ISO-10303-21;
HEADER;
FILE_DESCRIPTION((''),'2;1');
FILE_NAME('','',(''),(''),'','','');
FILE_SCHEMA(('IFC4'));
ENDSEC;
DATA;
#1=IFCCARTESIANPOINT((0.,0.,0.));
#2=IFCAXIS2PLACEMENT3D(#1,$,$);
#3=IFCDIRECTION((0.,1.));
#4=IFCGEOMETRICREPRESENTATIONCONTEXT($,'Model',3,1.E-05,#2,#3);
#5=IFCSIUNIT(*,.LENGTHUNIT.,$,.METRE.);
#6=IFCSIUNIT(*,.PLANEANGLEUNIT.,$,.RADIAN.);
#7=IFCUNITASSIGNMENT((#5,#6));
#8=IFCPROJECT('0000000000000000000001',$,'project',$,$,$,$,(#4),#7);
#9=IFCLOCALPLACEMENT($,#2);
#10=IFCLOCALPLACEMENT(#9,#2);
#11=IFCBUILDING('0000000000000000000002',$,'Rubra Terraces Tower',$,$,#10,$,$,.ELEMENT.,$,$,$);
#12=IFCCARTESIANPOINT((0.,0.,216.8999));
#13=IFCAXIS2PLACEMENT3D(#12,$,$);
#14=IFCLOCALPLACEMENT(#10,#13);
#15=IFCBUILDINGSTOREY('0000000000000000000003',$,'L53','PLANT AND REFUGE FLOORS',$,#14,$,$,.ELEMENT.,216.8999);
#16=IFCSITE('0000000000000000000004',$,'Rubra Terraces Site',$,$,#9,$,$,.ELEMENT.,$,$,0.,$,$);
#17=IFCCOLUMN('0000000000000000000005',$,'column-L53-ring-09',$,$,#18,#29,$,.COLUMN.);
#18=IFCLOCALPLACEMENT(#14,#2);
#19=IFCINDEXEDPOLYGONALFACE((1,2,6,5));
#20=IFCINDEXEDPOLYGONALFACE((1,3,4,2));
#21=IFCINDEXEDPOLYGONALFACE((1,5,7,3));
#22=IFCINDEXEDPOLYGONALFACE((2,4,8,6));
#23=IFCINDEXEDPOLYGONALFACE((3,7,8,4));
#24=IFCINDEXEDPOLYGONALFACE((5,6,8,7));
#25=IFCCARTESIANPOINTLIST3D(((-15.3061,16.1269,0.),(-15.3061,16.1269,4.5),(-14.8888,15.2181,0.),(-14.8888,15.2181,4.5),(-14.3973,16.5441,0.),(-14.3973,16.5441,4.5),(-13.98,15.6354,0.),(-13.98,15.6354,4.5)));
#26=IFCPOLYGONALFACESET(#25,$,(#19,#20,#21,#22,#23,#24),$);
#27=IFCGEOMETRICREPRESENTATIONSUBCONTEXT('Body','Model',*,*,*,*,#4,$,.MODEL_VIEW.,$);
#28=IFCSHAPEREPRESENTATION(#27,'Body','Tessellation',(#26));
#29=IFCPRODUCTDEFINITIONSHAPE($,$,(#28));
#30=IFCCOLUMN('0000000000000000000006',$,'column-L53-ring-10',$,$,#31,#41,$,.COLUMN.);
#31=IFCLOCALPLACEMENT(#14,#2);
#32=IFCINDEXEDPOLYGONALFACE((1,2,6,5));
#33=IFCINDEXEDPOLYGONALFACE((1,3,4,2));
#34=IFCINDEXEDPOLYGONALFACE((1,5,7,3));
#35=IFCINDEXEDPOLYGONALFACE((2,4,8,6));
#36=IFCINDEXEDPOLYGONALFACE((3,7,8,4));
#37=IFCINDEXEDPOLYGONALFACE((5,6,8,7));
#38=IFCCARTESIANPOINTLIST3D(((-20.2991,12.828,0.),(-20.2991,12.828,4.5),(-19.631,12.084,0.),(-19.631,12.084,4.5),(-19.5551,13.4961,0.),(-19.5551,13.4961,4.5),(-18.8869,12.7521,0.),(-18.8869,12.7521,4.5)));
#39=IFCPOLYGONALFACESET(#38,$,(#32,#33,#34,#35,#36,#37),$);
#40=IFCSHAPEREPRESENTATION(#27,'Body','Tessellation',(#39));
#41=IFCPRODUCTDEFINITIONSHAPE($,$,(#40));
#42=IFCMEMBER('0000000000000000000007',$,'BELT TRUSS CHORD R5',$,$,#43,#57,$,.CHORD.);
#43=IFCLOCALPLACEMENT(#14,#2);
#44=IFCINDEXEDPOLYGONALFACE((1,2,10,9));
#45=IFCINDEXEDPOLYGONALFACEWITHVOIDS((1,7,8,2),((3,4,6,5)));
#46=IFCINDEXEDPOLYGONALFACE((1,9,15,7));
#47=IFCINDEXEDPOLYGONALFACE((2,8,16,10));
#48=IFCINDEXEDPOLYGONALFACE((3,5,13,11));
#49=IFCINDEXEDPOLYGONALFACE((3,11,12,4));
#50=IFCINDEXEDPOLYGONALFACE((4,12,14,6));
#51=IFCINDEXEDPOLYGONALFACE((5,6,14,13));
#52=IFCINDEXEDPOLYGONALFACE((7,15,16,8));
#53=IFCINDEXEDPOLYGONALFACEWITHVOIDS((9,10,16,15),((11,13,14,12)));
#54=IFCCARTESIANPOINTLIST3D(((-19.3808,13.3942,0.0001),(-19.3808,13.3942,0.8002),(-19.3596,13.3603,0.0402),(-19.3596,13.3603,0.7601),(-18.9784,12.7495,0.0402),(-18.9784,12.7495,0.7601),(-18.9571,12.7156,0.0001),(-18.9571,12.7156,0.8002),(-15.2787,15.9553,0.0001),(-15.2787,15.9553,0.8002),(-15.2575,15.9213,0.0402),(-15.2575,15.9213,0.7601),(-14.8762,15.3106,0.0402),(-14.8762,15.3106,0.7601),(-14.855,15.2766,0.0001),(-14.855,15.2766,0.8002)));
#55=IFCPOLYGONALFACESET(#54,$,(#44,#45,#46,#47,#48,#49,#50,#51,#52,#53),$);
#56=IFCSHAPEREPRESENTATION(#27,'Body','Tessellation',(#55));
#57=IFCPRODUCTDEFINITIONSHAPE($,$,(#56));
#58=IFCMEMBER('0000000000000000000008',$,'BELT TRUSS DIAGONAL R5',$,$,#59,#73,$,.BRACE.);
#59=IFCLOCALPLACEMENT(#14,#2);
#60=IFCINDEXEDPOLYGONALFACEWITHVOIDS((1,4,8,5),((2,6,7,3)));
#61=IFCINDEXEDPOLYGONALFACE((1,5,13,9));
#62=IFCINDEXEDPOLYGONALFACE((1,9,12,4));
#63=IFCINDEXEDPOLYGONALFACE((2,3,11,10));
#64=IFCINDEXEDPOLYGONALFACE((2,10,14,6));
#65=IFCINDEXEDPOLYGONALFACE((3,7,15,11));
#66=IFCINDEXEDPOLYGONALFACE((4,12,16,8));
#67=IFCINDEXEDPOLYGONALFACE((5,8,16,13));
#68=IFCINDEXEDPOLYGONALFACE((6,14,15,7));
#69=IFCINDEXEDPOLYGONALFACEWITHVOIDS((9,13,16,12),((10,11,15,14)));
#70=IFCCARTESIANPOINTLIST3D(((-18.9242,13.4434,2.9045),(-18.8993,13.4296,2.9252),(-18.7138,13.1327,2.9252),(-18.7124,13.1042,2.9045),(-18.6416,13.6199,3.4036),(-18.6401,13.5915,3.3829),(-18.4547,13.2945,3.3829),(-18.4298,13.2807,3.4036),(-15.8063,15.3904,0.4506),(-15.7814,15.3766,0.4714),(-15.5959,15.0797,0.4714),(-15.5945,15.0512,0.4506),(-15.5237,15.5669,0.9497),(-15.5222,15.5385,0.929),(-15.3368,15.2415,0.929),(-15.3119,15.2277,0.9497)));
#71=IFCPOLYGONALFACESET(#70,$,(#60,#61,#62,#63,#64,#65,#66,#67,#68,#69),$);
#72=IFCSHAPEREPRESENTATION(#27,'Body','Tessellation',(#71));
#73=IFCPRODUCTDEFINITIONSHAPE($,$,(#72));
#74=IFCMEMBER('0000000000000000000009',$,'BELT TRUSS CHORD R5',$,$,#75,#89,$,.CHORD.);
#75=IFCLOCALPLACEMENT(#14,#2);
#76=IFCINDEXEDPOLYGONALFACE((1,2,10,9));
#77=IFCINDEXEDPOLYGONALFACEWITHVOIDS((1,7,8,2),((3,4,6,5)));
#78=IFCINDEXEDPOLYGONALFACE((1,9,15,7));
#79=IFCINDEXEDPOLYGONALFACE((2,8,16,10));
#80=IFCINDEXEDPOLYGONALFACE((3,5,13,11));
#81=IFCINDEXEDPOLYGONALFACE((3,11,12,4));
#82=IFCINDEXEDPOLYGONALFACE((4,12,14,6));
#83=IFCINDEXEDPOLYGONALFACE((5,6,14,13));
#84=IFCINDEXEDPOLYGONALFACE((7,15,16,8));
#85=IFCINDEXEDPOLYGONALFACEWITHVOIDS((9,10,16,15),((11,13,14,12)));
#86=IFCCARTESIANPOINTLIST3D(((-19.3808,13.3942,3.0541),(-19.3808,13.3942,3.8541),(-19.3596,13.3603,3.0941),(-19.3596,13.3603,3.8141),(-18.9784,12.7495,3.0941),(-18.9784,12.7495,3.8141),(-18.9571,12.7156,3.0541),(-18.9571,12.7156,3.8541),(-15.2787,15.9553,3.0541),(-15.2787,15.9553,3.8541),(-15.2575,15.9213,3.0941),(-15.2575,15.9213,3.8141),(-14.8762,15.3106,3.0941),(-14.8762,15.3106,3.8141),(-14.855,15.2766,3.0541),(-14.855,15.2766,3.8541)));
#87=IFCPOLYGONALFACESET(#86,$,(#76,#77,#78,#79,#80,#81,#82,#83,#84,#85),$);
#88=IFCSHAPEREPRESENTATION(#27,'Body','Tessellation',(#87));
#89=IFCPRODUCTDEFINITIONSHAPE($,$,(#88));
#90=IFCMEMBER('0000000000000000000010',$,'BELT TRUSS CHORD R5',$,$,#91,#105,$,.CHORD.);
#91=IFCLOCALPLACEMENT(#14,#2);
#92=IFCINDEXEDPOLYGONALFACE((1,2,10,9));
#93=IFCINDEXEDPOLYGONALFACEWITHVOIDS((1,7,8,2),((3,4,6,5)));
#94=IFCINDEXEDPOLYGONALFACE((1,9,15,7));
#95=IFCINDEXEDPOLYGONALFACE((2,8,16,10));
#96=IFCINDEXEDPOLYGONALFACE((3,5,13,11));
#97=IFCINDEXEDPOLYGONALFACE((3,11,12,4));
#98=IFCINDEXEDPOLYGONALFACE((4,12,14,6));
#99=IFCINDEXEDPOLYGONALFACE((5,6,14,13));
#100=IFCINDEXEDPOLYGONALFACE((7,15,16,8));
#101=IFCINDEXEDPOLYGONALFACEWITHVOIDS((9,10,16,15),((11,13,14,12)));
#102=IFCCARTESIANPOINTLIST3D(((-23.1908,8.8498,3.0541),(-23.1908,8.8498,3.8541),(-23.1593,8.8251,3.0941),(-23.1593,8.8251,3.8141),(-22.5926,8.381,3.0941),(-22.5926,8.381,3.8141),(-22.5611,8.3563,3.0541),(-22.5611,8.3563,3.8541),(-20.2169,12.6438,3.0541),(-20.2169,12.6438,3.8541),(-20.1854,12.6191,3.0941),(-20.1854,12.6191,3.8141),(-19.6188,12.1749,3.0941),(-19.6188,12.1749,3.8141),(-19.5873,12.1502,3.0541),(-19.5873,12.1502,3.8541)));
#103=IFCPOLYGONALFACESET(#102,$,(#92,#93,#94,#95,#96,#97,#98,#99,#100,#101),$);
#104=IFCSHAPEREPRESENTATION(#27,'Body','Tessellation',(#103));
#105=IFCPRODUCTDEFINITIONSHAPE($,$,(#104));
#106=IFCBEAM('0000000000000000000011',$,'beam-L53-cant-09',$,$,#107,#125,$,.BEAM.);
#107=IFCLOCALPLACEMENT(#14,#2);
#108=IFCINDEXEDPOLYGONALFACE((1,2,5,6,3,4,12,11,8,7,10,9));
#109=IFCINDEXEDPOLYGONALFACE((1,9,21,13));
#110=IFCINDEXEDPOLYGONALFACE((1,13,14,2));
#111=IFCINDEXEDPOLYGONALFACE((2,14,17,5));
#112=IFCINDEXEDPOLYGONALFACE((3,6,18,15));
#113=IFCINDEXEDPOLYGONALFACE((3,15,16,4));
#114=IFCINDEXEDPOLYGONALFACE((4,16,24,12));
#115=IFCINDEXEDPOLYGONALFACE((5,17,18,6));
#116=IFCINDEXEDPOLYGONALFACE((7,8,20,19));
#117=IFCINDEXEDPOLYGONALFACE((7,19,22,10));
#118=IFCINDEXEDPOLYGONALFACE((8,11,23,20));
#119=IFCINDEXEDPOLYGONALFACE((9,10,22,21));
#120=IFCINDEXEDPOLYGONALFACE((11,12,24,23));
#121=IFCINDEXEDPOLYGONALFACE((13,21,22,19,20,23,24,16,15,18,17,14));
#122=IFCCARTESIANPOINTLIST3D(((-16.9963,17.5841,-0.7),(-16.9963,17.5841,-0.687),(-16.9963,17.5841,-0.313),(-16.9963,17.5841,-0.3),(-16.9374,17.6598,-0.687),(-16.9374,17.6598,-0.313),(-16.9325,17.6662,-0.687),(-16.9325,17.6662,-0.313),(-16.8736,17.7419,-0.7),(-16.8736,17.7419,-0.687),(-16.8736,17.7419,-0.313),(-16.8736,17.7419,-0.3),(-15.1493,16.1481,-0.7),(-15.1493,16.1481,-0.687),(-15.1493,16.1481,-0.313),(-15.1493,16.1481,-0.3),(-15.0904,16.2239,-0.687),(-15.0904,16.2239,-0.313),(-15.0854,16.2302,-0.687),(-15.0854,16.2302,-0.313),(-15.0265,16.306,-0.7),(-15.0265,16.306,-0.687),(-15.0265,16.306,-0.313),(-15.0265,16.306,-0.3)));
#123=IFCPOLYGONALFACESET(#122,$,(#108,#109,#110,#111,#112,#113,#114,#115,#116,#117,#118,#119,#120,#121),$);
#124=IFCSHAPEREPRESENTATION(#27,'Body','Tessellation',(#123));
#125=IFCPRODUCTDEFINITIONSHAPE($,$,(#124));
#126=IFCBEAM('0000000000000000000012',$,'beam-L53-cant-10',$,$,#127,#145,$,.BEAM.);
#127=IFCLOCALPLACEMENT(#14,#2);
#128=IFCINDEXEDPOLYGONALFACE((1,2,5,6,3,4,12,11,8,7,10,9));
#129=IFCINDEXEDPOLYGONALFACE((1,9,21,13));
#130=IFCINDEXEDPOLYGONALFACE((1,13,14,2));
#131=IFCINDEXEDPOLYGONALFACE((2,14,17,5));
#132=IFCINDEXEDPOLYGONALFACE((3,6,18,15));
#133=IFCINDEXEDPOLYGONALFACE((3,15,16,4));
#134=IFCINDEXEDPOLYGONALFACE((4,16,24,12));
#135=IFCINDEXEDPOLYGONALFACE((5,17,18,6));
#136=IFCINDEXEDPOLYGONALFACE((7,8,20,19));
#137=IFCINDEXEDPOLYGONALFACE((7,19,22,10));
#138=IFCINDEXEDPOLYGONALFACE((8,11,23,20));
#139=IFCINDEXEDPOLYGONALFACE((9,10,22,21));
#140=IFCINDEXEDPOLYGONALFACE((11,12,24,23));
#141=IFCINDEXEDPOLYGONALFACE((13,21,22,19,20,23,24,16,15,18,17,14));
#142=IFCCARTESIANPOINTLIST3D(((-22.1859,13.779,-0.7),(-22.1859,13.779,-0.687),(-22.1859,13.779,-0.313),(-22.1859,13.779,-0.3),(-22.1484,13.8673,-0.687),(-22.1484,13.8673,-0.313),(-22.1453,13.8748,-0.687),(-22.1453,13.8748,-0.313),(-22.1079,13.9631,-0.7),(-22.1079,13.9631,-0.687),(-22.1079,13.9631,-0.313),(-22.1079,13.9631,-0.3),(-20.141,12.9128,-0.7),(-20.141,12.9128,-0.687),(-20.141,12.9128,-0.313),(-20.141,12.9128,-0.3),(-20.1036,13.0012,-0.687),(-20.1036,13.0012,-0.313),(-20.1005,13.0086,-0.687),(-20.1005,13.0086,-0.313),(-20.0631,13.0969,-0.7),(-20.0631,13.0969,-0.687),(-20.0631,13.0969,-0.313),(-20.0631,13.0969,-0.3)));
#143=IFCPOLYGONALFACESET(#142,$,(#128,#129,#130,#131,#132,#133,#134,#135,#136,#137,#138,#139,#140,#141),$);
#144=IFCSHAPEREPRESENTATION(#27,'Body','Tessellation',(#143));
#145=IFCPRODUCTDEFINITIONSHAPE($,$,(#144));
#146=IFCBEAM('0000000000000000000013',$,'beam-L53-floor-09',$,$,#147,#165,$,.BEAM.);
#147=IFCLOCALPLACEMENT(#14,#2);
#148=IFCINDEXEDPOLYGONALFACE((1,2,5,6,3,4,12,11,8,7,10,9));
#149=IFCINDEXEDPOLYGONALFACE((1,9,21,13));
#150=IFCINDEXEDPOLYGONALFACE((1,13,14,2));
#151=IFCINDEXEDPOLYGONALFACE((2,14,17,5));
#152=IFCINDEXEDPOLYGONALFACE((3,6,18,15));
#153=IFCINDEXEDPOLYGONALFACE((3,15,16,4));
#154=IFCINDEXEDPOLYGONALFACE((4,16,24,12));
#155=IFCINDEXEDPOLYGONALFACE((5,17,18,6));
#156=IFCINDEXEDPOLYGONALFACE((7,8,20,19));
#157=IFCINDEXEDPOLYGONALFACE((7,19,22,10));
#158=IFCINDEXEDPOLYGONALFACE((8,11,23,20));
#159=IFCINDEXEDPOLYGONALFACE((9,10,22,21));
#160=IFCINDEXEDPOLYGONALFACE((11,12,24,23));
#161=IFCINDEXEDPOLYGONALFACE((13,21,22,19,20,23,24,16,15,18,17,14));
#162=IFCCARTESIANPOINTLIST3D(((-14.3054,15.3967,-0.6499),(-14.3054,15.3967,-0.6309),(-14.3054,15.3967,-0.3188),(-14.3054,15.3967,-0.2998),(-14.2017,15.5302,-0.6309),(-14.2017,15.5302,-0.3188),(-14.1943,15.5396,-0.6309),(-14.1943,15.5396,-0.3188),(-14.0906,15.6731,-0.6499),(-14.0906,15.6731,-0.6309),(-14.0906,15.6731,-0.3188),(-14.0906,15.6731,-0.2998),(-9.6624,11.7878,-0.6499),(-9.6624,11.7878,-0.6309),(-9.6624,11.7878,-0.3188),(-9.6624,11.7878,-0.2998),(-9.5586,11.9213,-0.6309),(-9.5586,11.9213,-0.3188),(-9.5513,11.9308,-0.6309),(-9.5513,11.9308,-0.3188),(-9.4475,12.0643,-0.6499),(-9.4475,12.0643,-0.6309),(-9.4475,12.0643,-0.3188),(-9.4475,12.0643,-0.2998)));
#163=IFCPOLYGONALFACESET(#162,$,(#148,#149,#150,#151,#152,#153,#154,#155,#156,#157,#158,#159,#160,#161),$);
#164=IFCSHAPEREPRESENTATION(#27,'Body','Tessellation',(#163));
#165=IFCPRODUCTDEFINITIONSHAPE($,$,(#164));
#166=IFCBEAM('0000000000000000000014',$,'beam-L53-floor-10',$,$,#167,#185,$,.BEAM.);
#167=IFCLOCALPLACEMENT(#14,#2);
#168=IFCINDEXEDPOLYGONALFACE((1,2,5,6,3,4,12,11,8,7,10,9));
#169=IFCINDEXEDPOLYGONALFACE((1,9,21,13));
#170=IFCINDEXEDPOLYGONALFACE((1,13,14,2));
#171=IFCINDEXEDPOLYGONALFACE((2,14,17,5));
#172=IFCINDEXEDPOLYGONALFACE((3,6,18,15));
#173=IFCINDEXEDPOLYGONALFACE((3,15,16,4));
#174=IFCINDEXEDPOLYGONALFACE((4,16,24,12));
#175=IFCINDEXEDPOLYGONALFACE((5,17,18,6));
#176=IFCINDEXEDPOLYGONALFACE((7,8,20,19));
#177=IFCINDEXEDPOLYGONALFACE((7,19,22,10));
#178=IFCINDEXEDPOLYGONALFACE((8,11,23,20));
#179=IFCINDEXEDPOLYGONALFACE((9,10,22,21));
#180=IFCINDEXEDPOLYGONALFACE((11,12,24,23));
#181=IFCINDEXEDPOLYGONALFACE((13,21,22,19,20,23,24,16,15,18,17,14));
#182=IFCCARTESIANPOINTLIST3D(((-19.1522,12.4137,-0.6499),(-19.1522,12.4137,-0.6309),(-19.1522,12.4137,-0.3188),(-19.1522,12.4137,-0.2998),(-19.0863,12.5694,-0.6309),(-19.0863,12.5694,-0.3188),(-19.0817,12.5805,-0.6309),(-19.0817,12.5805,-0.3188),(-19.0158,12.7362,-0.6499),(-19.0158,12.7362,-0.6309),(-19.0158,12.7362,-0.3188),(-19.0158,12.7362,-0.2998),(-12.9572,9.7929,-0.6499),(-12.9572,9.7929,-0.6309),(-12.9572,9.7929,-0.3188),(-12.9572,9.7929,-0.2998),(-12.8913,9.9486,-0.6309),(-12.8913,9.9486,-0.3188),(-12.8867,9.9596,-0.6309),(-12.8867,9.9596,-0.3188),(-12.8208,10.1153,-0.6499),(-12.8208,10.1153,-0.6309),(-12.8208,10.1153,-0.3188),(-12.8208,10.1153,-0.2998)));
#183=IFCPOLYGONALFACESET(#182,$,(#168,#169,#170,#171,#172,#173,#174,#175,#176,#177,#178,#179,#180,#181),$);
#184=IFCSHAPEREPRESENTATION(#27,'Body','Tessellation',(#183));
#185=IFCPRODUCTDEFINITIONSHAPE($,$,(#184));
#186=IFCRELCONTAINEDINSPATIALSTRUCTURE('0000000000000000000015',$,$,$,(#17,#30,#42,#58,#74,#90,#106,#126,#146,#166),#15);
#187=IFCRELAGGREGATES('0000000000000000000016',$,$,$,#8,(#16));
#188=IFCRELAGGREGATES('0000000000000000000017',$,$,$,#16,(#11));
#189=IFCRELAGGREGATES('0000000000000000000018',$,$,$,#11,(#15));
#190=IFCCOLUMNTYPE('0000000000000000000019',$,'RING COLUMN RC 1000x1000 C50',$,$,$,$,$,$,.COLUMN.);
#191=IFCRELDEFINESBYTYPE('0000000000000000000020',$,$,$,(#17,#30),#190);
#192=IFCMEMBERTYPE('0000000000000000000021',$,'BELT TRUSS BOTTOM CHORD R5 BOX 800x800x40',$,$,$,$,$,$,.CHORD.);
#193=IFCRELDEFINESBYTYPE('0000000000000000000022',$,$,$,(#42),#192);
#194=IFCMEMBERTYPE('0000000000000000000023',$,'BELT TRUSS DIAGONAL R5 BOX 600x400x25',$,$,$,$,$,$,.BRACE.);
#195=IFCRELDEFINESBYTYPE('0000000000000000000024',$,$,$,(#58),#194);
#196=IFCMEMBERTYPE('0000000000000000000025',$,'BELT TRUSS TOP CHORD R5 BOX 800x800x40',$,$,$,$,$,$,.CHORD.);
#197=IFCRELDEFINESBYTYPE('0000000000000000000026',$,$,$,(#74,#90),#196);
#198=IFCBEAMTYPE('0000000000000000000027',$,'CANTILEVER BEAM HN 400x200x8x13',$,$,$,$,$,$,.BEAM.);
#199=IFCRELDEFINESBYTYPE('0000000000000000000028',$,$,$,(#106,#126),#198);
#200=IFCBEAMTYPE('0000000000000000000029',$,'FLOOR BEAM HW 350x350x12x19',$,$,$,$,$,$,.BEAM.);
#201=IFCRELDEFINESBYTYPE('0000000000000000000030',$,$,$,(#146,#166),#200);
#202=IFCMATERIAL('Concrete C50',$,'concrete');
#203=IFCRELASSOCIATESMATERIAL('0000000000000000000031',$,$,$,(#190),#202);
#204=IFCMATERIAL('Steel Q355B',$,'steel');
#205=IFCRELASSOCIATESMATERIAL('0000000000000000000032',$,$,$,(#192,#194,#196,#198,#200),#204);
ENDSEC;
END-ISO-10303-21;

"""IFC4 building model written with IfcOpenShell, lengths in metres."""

from ifc_helpers import new_model, si_unit, direction, frame, origin, origin_2d, place, context, subcontext, project, spatial, rectangle, hollow_rectangle, i_section, extrude, material, material_profile, profile_set, type_object, element, save


model = new_model("IFC4")

# Units and contexts
model_context = context("Model", 3, precision=1e-05, world=origin(), true_north=direction((0.0, 1.0)))
body_context = subcontext(model_context, "Body", "Model", "MODEL_VIEW")
ifc_project = project(units=[si_unit("LENGTHUNIT", "METRE"), si_unit("PLANEANGLEUNIT", "RADIAN")], contexts=[model_context])

# Site, building, storey
site_placement = place(None, origin())
site = spatial("IfcSite", under=ifc_project, at=site_placement, Name="Rubra Terraces Site", CompositionType="ELEMENT", RefElevation=0.0)
building_placement = place(site_placement, origin())
building = spatial("IfcBuilding", under=site, at=building_placement, Name="Rubra Terraces Tower", CompositionType="ELEMENT")
storey_placement = place(building_placement, frame((0.0, 0.0, 216.8999)))
storey = spatial("IfcBuildingStorey", under=building, at=storey_placement, Name="L53", Description="PLANT AND REFUGE FLOORS", CompositionType="ELEMENT", Elevation=216.8999)

# Columns
ifc_material_1 = material(Name="Concrete C50", Category="concrete")
ifc_material_profile_1 = material_profile(ifc_material_1, rectangle(XDim=1.0, YDim=1.0, at=origin_2d()), Name="RC 1000x1000")
ifc_profile_set_1 = profile_set([ifc_material_profile_1], Name="Concrete C50")
column_type = type_object("IfcColumnType", Name="RING COLUMN RC 1000x1000 C50", PredefinedType="COLUMN", material=ifc_profile_set_1)
for number, where, z_axis, x_axis, name in (
    (1, (-14.6431, 15.8811, 0.0), (0.0, 0.0, 1.0), (-0.908779, -0.417279, 0.0), "column-L53-ring-09"),
    (2, (-19.593, 12.79, 0.0), (0.0, 0.0, 1.0), (-0.744021, -0.668156, 0.0), "column-L53-ring-10"),
):
    element("IfcColumn", number, at=place(storey_placement, frame(where, z_axis=z_axis, x_axis=x_axis)), inside=storey, type_object=column_type, Name=name, PredefinedType="COLUMN", context=body_context, shape_type="SweptSolid", body=[
        extrude(rectangle(XDim=1.0, YDim=1.0, at=origin_2d()), origin(), (0.0, 0.0, 1.0), 4.5),
    ])

# Members
ifc_material_2 = material(Name="Steel Q355B", Category="steel")
ifc_material_profile_2 = material_profile(ifc_material_2, hollow_rectangle(XDim=0.8, YDim=0.8, WallThickness=0.04, at=origin_2d()), Name="BOX 800x800x40")
ifc_profile_set_2 = profile_set([ifc_material_profile_2], Name="Steel Q355B")
member_type_1 = type_object("IfcMemberType", Name="BELT TRUSS BOTTOM CHORD R5 BOX 800x800x40", PredefinedType="CHORD", material=ifc_profile_set_2)
member_1_placement = place(storey_placement, frame((-15.0669, 15.616, 0.4001), z_axis=(-0.848253, -0.52959, 0.0), x_axis=(0.52959, -0.848253, 0.0)))
element("IfcMember", 3, at=member_1_placement, inside=storey, type_object=member_type_1, Name="BELT TRUSS CHORD R5", PredefinedType="CHORD", context=body_context, shape_type="SweptSolid", body=[
    extrude(hollow_rectangle(XDim=0.8, YDim=0.8, WallThickness=0.04, at=origin_2d()), origin(), (0.0, 0.0, 1.0), 4.8359),
])
ifc_material_profile_3 = material_profile(ifc_material_2, hollow_rectangle(XDim=0.3999, YDim=0.6001, WallThickness=0.0249, at=origin_2d()), Name="BOX 600x400x25")
ifc_profile_set_3 = profile_set([ifc_material_profile_3], Name="Steel Q355B")
member_type_2 = type_object("IfcMemberType", Name="BELT TRUSS DIAGONAL R5 BOX 600x400x25", PredefinedType="BRACE", material=ifc_profile_set_3)
member_2_placement = place(storey_placement, frame((-15.5591, 15.3091, 0.7002), z_axis=(-0.70546, -0.440533, 0.555209), x_axis=(0.529671, -0.848203, 0.0)))
element("IfcMember", 4, at=member_2_placement, inside=storey, type_object=member_type_2, Name="BELT TRUSS DIAGONAL R5", PredefinedType="BRACE", context=body_context, shape_type="SweptSolid", body=[
    extrude(hollow_rectangle(XDim=0.3999, YDim=0.6001, WallThickness=0.0249, at=origin_2d()), origin(), (0.0, 0.0, 1.0), 4.4197),
])
ifc_material_profile_4 = material_profile(ifc_material_2, hollow_rectangle(XDim=0.8, YDim=0.8, WallThickness=0.04, at=origin_2d()), Name="BOX 800x800x40")
ifc_profile_set_4 = profile_set([ifc_material_profile_4], Name="Steel Q355B")
member_type_3 = type_object("IfcMemberType", Name="BELT TRUSS TOP CHORD R5 BOX 800x800x40", PredefinedType="CHORD", material=ifc_profile_set_4)
member_3_placement = place(storey_placement, frame((-15.0669, 15.616, 3.4541), z_axis=(-0.848253, -0.52959, 0.0), x_axis=(0.52959, -0.848253, 0.0)))
element("IfcMember", 5, at=member_3_placement, inside=storey, type_object=member_type_3, Name="BELT TRUSS CHORD R5", PredefinedType="CHORD", context=body_context, shape_type="SweptSolid", body=[
    extrude(hollow_rectangle(XDim=0.8, YDim=0.8, WallThickness=0.04, at=origin_2d()), origin(), (0.0, 0.0, 1.0), 4.8359),
])
member_4_placement = place(storey_placement, frame((-19.9021, 12.397, 3.4541), z_axis=(-0.616913, -0.787031, 0.0), x_axis=(0.787031, -0.616913, 0.0)))
element("IfcMember", 6, at=member_4_placement, inside=storey, type_object=member_type_3, Name="BELT TRUSS CHORD R5", PredefinedType="CHORD", context=body_context, shape_type="SweptSolid", body=[
    extrude(hollow_rectangle(XDim=0.8, YDim=0.8, WallThickness=0.04, at=origin_2d()), origin(), (0.0, 0.0, 1.0), 4.8206),
])

# Beams
ifc_material_profile_5 = material_profile(ifc_material_2, i_section(OverallWidth=0.2, OverallDepth=0.3999, WebThickness=0.0081, FlangeThickness=0.0129, at=origin_2d()), Name="HN 400x200x8x13")
ifc_profile_set_5 = profile_set([ifc_material_profile_5], Name="Steel Q355B")
beam_type_1 = type_object("IfcBeamType", Name="CANTILEVER BEAM HN 400x200x8x13", PredefinedType="BEAM", material=ifc_profile_set_5)
beam_1_placement = place(storey_placement, frame((-15.0879, 16.2271, -0.5), z_axis=(-0.789487, 0.613767, 0.0), x_axis=(-0.613767, -0.789487, 0.0)))
element("IfcBeam", 7, at=beam_1_placement, inside=storey, type_object=beam_type_1, Name="beam-L53-cant-09", PredefinedType="BEAM", context=body_context, shape_type="SweptSolid", body=[
    extrude(i_section(OverallWidth=0.2, OverallDepth=0.3999, WebThickness=0.0081, FlangeThickness=0.0129, at=origin_2d()), origin(), (0.0, 0.0, 1.0), 2.3396),
])
beam_2_placement = place(storey_placement, frame((-20.1021, 13.0049, -0.5), z_axis=(-0.920797, 0.390042, 0.0), x_axis=(-0.390042, -0.920797, 0.0)))
element("IfcBeam", 8, at=beam_2_placement, inside=storey, type_object=beam_type_1, Name="beam-L53-cant-10", PredefinedType="BEAM", context=body_context, shape_type="SweptSolid", body=[
    extrude(i_section(OverallWidth=0.2, OverallDepth=0.3999, WebThickness=0.0081, FlangeThickness=0.0129, at=origin_2d()), origin(), (0.0, 0.0, 1.0), 2.2207),
])
ifc_material_profile_6 = material_profile(ifc_material_2, i_section(OverallWidth=0.3501, OverallDepth=0.3501, WebThickness=0.012, FlangeThickness=0.019, at=origin_2d()), Name="HW 350x350x12x19")
ifc_profile_set_6 = profile_set([ifc_material_profile_6], Name="Steel Q355B")
beam_type_2 = type_object("IfcBeamType", Name="FLOOR BEAM HW 350x350x12x19", PredefinedType="BEAM", material=ifc_profile_set_6)
beam_3_placement = place(storey_placement, frame((-14.198, 15.5349, -0.4749), z_axis=(0.789549, -0.613688, 0.0), x_axis=(0.613688, 0.789549, 0.0)))
element("IfcBeam", 9, at=beam_3_placement, inside=storey, type_object=beam_type_2, Name="beam-L53-floor-09", PredefinedType="BEAM", context=body_context, shape_type="SweptSolid", body=[
    extrude(i_section(OverallWidth=0.3501, OverallDepth=0.3501, WebThickness=0.012, FlangeThickness=0.019, at=origin_2d()), origin(), (0.0, 0.0, 1.0), 5.8806),
])
beam_4_placement = place(storey_placement, frame((-19.084, 12.575, -0.4749), z_axis=(0.920975, -0.389622, 0.0), x_axis=(0.389622, 0.920975, 0.0)))
element("IfcBeam", 10, at=beam_4_placement, inside=storey, type_object=beam_type_2, Name="beam-L53-floor-10", PredefinedType="BEAM", context=body_context, shape_type="SweptSolid", body=[
    extrude(i_section(OverallWidth=0.3501, OverallDepth=0.3501, WebThickness=0.012, FlangeThickness=0.019, at=origin_2d()), origin(), (0.0, 0.0, 1.0), 6.7266),
])

save(model, "model.ifc")
